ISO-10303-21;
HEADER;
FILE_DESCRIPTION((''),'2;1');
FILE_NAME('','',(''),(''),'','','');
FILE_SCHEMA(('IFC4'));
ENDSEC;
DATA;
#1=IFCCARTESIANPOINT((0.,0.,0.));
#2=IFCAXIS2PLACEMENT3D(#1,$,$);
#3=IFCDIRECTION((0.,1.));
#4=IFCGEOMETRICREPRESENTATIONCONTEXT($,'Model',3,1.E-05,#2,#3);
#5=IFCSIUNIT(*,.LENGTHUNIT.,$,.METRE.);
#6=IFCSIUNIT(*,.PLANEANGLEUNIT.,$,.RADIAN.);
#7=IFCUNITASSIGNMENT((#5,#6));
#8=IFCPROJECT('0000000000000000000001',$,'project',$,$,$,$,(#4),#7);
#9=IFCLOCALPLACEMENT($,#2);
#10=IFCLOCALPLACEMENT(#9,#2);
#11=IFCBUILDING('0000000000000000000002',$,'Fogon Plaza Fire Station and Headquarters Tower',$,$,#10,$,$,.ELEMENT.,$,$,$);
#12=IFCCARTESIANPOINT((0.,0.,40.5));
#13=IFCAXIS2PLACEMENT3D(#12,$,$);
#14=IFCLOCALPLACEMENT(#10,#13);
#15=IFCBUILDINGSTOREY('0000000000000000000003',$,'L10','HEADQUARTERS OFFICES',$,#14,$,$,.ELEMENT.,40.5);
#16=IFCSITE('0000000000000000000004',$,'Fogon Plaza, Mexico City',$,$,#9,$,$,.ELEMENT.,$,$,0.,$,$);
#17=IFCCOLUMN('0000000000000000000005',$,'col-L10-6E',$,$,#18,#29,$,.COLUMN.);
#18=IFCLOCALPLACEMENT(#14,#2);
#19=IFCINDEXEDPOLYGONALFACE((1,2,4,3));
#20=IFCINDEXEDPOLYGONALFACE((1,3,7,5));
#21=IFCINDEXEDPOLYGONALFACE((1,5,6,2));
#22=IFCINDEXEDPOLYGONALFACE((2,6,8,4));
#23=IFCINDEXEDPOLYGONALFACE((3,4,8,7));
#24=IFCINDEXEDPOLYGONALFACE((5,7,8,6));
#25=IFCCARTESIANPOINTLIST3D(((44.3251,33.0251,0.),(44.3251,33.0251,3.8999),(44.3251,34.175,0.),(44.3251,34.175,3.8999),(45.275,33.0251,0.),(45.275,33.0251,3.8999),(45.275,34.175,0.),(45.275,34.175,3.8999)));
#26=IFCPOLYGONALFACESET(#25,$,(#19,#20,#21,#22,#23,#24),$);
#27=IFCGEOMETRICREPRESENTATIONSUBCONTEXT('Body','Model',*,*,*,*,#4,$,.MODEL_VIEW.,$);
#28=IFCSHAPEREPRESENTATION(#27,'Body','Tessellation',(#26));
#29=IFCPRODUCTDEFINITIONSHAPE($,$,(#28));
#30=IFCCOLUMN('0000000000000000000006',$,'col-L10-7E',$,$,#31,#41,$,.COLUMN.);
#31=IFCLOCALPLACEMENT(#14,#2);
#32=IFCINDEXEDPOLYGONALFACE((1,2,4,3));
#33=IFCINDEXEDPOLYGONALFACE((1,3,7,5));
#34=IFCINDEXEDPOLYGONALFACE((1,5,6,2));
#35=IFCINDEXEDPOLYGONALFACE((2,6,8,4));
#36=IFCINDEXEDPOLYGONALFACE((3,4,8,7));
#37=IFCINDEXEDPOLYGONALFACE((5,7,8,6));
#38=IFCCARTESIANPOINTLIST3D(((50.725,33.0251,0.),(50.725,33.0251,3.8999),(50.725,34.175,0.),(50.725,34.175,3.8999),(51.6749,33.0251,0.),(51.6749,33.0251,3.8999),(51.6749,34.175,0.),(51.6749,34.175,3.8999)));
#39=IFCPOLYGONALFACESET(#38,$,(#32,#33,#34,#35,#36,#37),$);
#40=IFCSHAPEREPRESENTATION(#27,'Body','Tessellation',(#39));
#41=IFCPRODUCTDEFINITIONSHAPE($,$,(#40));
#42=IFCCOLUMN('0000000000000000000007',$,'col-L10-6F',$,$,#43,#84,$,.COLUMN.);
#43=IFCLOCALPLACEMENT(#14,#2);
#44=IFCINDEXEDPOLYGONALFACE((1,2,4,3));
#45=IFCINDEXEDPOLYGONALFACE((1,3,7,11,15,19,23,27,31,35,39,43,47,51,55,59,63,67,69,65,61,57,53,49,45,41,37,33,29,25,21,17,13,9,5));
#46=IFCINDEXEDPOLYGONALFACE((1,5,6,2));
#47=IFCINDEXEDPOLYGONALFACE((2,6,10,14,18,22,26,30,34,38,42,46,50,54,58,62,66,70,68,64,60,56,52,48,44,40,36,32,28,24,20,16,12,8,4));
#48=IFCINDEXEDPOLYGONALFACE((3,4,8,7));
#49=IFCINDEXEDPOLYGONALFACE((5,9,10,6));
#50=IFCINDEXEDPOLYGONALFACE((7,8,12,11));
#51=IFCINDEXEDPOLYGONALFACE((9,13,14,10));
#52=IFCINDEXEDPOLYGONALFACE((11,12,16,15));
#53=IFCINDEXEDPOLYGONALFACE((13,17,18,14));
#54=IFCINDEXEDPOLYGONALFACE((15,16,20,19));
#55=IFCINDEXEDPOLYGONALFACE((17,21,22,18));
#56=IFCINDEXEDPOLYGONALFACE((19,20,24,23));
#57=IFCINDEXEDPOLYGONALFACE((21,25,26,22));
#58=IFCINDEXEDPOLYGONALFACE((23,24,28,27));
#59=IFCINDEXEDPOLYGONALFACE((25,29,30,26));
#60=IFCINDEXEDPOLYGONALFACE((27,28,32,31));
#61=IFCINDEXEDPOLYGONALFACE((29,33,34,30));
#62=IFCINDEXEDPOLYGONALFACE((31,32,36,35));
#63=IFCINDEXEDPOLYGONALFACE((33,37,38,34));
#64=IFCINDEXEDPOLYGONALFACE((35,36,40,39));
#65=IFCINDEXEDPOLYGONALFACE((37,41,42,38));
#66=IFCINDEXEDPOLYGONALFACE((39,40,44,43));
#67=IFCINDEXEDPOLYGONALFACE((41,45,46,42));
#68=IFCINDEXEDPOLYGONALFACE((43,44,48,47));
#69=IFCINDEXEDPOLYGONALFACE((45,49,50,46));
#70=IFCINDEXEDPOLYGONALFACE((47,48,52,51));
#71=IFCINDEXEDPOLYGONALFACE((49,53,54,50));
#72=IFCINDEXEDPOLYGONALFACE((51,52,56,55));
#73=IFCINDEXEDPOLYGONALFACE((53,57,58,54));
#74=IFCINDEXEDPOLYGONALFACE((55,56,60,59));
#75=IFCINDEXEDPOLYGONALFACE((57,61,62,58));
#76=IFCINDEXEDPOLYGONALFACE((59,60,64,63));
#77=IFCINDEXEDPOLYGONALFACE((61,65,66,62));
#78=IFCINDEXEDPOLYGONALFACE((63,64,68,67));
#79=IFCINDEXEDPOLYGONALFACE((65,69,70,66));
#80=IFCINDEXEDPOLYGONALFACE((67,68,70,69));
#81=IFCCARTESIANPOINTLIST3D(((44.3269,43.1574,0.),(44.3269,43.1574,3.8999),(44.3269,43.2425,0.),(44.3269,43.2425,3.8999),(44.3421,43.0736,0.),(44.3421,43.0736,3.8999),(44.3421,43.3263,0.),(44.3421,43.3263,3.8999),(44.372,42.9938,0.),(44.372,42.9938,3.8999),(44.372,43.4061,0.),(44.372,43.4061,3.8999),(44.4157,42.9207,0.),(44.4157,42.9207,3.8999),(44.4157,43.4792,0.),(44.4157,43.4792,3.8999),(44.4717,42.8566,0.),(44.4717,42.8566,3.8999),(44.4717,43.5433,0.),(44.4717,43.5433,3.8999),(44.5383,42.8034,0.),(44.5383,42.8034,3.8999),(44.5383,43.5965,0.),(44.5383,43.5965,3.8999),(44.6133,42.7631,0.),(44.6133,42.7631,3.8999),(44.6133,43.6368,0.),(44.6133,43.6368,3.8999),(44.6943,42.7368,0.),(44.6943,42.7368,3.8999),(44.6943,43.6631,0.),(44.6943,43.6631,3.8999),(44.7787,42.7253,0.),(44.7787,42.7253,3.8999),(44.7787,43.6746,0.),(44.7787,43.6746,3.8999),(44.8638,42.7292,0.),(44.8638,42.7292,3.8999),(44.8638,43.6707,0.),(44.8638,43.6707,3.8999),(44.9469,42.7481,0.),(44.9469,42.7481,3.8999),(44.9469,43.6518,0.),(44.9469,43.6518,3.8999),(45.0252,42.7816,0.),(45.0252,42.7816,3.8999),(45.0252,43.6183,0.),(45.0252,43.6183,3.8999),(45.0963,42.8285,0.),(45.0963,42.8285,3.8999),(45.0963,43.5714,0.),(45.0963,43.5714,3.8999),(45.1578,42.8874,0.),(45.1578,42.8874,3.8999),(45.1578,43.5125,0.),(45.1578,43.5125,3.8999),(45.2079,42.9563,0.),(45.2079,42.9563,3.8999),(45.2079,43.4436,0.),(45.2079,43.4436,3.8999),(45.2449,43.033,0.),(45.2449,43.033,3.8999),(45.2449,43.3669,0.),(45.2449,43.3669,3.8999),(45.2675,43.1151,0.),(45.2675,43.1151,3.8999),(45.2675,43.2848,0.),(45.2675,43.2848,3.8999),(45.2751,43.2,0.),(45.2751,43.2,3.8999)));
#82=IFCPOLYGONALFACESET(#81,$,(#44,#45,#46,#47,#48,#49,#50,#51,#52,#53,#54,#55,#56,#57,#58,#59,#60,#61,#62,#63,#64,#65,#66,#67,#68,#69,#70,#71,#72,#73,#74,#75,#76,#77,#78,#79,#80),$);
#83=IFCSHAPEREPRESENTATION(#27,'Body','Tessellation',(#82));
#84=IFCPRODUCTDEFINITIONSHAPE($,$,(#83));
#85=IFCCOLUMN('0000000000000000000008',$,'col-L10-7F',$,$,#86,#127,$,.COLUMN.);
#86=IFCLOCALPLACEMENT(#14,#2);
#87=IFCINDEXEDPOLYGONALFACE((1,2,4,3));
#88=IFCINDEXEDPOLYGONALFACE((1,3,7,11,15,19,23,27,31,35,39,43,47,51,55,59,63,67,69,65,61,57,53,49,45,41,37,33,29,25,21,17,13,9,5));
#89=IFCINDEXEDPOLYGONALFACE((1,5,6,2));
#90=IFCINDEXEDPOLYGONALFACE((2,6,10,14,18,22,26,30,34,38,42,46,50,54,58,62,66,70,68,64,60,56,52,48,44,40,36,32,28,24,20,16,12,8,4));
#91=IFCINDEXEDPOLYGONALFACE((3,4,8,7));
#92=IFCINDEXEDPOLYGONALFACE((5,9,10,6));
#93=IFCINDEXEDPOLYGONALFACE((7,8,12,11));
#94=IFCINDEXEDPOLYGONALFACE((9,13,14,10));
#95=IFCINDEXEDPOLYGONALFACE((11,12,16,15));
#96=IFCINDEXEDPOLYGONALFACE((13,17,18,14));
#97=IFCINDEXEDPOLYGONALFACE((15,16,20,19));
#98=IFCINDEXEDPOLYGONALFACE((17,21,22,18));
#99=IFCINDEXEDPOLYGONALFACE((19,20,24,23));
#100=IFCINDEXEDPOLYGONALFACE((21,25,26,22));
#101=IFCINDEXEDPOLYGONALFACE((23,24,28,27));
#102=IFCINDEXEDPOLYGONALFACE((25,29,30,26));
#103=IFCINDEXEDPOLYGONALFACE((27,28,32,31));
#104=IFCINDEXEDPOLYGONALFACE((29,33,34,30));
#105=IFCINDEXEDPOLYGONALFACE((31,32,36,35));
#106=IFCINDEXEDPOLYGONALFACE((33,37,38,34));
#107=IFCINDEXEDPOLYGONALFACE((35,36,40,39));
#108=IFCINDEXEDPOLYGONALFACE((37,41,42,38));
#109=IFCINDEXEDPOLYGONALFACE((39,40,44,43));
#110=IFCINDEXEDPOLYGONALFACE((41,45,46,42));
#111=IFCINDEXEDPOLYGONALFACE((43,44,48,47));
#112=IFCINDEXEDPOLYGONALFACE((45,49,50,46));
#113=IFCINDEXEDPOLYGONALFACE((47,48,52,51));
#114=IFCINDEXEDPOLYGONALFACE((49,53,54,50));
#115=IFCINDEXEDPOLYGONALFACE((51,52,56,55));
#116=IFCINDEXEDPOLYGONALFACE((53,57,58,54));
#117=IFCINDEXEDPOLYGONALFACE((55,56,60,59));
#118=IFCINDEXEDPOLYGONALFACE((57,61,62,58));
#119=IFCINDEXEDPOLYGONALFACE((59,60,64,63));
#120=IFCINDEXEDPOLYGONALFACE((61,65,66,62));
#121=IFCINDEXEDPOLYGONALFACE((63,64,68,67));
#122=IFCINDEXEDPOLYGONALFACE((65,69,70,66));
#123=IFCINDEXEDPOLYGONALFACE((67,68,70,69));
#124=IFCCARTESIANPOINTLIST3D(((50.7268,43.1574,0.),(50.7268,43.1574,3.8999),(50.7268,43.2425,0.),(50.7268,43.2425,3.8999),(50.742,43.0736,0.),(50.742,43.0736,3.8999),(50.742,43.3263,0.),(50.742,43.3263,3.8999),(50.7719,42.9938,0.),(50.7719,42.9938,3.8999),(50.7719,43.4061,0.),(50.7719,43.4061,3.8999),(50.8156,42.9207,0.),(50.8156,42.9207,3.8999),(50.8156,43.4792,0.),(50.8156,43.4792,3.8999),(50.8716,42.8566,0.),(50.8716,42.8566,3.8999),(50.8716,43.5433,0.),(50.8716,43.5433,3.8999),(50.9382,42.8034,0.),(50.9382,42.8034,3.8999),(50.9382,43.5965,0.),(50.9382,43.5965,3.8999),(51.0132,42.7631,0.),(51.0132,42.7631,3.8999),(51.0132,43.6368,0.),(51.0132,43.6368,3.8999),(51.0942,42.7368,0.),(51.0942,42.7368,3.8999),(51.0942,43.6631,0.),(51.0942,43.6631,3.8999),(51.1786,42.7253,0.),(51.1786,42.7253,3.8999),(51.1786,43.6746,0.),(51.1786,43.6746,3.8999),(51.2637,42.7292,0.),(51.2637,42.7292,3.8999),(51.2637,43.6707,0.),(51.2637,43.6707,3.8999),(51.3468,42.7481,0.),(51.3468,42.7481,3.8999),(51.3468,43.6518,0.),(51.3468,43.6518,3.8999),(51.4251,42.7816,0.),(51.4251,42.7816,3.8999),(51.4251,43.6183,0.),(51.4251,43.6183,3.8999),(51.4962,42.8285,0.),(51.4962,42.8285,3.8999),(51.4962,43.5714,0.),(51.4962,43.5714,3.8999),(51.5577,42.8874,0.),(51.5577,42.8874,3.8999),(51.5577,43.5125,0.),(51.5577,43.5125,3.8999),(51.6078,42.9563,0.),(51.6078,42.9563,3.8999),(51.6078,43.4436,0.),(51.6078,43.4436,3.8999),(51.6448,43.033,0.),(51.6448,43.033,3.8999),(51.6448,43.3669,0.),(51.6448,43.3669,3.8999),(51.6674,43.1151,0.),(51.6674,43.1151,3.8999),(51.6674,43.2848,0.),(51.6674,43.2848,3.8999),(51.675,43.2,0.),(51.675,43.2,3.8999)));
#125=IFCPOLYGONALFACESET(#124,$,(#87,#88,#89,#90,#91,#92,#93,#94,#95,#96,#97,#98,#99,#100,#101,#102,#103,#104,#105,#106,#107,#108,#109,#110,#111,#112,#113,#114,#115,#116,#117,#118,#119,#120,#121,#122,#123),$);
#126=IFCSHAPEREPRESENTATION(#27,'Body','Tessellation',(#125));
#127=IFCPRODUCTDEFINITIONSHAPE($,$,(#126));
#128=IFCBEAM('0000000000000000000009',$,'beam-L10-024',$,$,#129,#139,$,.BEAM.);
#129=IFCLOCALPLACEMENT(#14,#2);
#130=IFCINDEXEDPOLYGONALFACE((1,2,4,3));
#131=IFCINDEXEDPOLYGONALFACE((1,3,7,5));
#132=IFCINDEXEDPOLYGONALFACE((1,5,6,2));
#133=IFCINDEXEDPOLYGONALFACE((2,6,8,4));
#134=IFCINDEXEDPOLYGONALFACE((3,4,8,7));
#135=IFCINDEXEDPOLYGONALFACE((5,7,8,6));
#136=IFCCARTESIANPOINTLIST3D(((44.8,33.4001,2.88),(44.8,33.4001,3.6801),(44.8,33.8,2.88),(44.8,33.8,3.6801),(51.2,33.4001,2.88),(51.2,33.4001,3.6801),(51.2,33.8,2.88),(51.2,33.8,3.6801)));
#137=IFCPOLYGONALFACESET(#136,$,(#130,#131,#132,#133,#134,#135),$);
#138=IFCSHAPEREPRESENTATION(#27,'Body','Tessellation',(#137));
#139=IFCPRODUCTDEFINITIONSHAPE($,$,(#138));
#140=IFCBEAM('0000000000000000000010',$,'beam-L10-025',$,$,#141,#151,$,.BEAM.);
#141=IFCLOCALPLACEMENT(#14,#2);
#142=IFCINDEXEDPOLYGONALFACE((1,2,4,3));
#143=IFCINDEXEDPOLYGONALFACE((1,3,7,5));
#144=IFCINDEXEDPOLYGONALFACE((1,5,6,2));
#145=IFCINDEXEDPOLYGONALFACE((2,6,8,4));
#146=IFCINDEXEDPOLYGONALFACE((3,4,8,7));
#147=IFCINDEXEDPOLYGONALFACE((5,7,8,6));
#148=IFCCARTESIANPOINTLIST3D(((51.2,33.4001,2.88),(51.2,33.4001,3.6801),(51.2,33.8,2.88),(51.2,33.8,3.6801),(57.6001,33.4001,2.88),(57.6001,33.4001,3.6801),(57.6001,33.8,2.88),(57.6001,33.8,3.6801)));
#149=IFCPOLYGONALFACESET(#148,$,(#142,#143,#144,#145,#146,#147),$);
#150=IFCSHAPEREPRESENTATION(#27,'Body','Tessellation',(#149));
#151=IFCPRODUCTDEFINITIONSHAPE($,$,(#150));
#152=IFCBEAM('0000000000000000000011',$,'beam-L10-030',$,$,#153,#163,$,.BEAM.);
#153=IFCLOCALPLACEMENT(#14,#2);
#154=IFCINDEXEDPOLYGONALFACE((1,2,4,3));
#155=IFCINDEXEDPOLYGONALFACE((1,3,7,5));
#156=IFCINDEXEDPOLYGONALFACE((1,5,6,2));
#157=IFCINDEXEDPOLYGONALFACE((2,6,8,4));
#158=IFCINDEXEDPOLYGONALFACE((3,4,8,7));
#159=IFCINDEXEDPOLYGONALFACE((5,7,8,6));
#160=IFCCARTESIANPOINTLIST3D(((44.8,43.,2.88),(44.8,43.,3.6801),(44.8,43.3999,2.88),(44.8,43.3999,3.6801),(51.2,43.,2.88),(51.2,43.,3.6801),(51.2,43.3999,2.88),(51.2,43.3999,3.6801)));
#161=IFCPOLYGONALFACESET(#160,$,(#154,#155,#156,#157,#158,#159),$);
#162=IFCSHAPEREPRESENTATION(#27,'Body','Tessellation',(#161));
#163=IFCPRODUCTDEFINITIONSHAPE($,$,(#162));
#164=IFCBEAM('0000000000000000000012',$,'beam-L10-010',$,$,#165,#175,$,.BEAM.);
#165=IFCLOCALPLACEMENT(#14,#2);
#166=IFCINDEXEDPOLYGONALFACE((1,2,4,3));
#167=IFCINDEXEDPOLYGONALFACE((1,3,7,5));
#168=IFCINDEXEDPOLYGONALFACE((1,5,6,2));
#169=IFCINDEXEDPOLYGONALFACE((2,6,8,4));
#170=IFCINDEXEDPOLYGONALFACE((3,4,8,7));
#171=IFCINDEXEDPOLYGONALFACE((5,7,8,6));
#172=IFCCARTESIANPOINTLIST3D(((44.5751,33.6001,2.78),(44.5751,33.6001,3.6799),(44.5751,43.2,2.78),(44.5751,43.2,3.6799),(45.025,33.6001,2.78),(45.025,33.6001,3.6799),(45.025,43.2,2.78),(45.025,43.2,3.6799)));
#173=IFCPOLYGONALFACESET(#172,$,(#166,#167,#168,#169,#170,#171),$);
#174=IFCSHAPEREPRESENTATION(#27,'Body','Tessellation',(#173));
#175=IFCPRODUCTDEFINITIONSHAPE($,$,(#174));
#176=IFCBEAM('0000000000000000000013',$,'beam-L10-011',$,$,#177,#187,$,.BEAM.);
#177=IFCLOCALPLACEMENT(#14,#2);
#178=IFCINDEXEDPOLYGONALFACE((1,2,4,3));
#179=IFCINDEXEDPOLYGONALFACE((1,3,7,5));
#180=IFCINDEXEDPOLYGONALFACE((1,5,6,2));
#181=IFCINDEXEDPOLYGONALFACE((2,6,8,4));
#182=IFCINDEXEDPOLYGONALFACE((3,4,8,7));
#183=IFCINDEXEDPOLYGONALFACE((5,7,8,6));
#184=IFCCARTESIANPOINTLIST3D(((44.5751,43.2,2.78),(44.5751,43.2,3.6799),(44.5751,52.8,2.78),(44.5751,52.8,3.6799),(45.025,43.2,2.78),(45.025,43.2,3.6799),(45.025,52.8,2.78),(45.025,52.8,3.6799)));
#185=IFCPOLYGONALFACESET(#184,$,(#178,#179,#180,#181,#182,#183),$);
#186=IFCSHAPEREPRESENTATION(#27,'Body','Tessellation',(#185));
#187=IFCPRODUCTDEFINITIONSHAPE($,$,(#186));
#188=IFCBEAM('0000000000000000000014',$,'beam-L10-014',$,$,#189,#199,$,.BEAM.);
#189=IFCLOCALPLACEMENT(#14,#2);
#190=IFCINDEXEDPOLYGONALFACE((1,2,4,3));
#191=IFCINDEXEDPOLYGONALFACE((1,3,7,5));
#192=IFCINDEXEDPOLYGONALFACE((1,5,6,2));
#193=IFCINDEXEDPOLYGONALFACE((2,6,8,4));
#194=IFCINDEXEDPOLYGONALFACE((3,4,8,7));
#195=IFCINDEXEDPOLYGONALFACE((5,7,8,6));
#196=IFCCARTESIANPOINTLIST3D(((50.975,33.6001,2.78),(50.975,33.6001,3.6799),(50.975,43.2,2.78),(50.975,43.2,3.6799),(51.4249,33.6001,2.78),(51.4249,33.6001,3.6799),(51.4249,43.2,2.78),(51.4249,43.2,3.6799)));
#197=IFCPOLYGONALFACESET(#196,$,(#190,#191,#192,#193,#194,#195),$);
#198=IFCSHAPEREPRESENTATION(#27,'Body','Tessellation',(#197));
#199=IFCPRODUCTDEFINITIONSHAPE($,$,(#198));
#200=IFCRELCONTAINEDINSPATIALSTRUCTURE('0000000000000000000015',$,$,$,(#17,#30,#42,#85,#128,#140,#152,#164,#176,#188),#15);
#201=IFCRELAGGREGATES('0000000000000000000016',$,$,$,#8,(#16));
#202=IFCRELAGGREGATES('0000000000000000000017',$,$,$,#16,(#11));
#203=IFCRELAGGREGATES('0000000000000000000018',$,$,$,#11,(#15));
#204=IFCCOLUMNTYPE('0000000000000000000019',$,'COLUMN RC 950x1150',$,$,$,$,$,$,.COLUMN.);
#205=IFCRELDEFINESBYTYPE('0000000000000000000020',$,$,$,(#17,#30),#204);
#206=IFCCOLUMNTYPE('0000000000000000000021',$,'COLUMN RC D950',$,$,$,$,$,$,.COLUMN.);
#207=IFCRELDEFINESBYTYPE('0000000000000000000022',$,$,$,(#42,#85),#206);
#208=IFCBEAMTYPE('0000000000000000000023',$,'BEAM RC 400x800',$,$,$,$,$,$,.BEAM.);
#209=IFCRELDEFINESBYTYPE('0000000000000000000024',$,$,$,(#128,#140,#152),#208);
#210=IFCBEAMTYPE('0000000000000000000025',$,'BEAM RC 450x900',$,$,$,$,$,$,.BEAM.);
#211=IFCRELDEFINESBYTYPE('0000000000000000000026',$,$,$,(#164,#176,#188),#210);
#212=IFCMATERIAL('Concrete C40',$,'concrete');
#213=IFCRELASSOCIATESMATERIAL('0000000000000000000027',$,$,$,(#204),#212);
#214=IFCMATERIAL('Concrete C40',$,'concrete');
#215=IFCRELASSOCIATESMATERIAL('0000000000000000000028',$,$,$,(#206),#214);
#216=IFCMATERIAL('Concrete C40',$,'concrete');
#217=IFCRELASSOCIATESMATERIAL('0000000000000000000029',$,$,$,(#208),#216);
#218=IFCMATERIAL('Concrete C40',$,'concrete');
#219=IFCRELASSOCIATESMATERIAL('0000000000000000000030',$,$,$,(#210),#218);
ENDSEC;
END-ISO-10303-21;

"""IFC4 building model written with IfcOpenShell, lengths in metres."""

from ifc_helpers import new_model, si_unit, direction, frame, origin, origin_2d, place, context, subcontext, project, spatial, rectangle, circle, extrude, material, material_profile, profile_set, type_object, element, save


model = new_model("IFC4")

# Units and contexts
model_context = context("Model", 3, precision=1e-05, world=origin(), true_north=direction((0.0, 1.0)))
body_context = subcontext(model_context, "Body", "Model", "MODEL_VIEW")
ifc_project = project(units=[si_unit("LENGTHUNIT", "METRE"), si_unit("PLANEANGLEUNIT", "RADIAN")], contexts=[model_context])

# Site, building, storey
site_placement = place(None, origin())
site = spatial("IfcSite", under=ifc_project, at=site_placement, Name="Fogon Plaza, Mexico City", CompositionType="ELEMENT", RefElevation=0.0)
building_placement = place(site_placement, origin())
building = spatial("IfcBuilding", under=site, at=building_placement, Name="Fogon Plaza Fire Station and Headquarters Tower", CompositionType="ELEMENT")
storey_placement = place(building_placement, frame((0.0, 0.0, 40.5)))
storey = spatial("IfcBuildingStorey", under=building, at=storey_placement, Name="L10", Description="HEADQUARTERS OFFICES", CompositionType="ELEMENT", Elevation=40.5)

# Columns
ifc_material_1 = material(Name="Concrete C40", Category="concrete")
ifc_material_profile_1 = material_profile(ifc_material_1, rectangle(XDim=0.95, YDim=1.1499, at=origin_2d()), Name="RC 950x1150")
ifc_profile_set_1 = profile_set([ifc_material_profile_1], Name="Concrete C40")
column_type_1 = type_object("IfcColumnType", Name="COLUMN RC 950x1150", PredefinedType="COLUMN", material=ifc_profile_set_1)
for number, where, z_axis, x_axis, name in (
    (1, (44.8, 33.6001, 0.0), (0.0, 0.0, 1.0), (1.0, 0.0, 0.0), "col-L10-6E"),
    (2, (51.2, 33.6001, 0.0), (0.0, 0.0, 1.0), (1.0, 0.0, 0.0), "col-L10-7E"),
):
    element("IfcColumn", number, at=place(storey_placement, frame(where, z_axis=z_axis, x_axis=x_axis)), inside=storey, type_object=column_type_1, Name=name, PredefinedType="COLUMN", context=body_context, shape_type="SweptSolid", body=[
        extrude(rectangle(XDim=0.95, YDim=1.1499, at=origin_2d()), origin(), (0.0, 0.0, 1.0), 3.8999),
    ])
ifc_material_2 = material(Name="Concrete C40", Category="concrete")
ifc_material_profile_2 = material_profile(ifc_material_2, circle(Radius=0.4751, at=origin_2d()), Name="RC D950")
ifc_profile_set_2 = profile_set([ifc_material_profile_2], Name="Concrete C40")
column_type_2 = type_object("IfcColumnType", Name="COLUMN RC D950", PredefinedType="COLUMN", material=ifc_profile_set_2)
for number, where, z_axis, x_axis, name in (
    (3, (44.8, 43.2, 0.0), (0.0, 0.0, 1.0), (1.0, 0.0, 0.0), "col-L10-6F"),
    (4, (51.2, 43.2, 0.0), (0.0, 0.0, 1.0), (1.0, 0.0, 0.0), "col-L10-7F"),
):
    element("IfcColumn", number, at=place(storey_placement, frame(where, z_axis=z_axis, x_axis=x_axis)), inside=storey, type_object=column_type_2, Name=name, PredefinedType="COLUMN", context=body_context, shape_type="SweptSolid", body=[
        extrude(circle(Radius=0.4751, at=origin_2d()), origin(), (0.0, 0.0, 1.0), 3.8999),
    ])

# Beams
ifc_material_3 = material(Name="Concrete C40", Category="concrete")
ifc_material_profile_3 = material_profile(ifc_material_3, rectangle(XDim=0.3999, YDim=0.8, at=origin_2d()), Name="RC 400x800")
ifc_profile_set_3 = profile_set([ifc_material_profile_3], Name="Concrete C40")
beam_type_1 = type_object("IfcBeamType", Name="BEAM RC 400x800", PredefinedType="BEAM", material=ifc_profile_set_3)
beam_1_placement = place(storey_placement, frame((44.8, 33.6001, 3.28), z_axis=(1.0, 0.0, 0.0), x_axis=(0.0, 1.0, 0.0)))
element("IfcBeam", 5, at=beam_1_placement, inside=storey, type_object=beam_type_1, Name="beam-L10-024", PredefinedType="BEAM", context=body_context, shape_type="SweptSolid", body=[
    extrude(rectangle(XDim=0.3999, YDim=0.8, at=origin_2d()), origin(), (0.0, 0.0, 1.0), 6.3999),
])
beam_2_placement = place(storey_placement, frame((51.2, 33.6001, 3.28), z_axis=(1.0, 0.0, 0.0), x_axis=(0.0, 1.0, 0.0)))
element("IfcBeam", 6, at=beam_2_placement, inside=storey, type_object=beam_type_1, Name="beam-L10-025", PredefinedType="BEAM", context=body_context, shape_type="SweptSolid", body=[
    extrude(rectangle(XDim=0.3999, YDim=0.8, at=origin_2d()), origin(), (0.0, 0.0, 1.0), 6.4001),
])
beam_3_placement = place(storey_placement, frame((44.8, 43.2, 3.28), z_axis=(1.0, 0.0, 0.0), x_axis=(0.0, 1.0, 0.0)))
element("IfcBeam", 7, at=beam_3_placement, inside=storey, type_object=beam_type_1, Name="beam-L10-030", PredefinedType="BEAM", context=body_context, shape_type="SweptSolid", body=[
    extrude(rectangle(XDim=0.3999, YDim=0.8, at=origin_2d()), origin(), (0.0, 0.0, 1.0), 6.3999),
])
ifc_material_4 = material(Name="Concrete C40", Category="concrete")
ifc_material_profile_4 = material_profile(ifc_material_4, rectangle(XDim=0.45, YDim=0.8999, at=origin_2d()), Name="RC 450x900")
ifc_profile_set_4 = profile_set([ifc_material_profile_4], Name="Concrete C40")
beam_type_2 = type_object("IfcBeamType", Name="BEAM RC 450x900", PredefinedType="BEAM", material=ifc_profile_set_4)
beam_4_placement = place(storey_placement, frame((44.8, 33.6001, 3.23), z_axis=(0.0, 1.0, 0.0), x_axis=(-1.0, 0.0, 0.0)))
element("IfcBeam", 8, at=beam_4_placement, inside=storey, type_object=beam_type_2, Name="beam-L10-010", PredefinedType="BEAM", context=body_context, shape_type="SweptSolid", body=[
    extrude(rectangle(XDim=0.45, YDim=0.8999, at=origin_2d()), origin(), (0.0, 0.0, 1.0), 9.5999),
])
beam_5_placement = place(storey_placement, frame((44.8, 43.2, 3.23), z_axis=(0.0, 1.0, 0.0), x_axis=(-1.0, 0.0, 0.0)))
element("IfcBeam", 9, at=beam_5_placement, inside=storey, type_object=beam_type_2, Name="beam-L10-011", PredefinedType="BEAM", context=body_context, shape_type="SweptSolid", body=[
    extrude(rectangle(XDim=0.45, YDim=0.8999, at=origin_2d()), origin(), (0.0, 0.0, 1.0), 9.6001),
])
beam_6_placement = place(storey_placement, frame((51.2, 33.6001, 3.23), z_axis=(0.0, 1.0, 0.0), x_axis=(-1.0, 0.0, 0.0)))
element("IfcBeam", 10, at=beam_6_placement, inside=storey, type_object=beam_type_2, Name="beam-L10-014", PredefinedType="BEAM", context=body_context, shape_type="SweptSolid", body=[
    extrude(rectangle(XDim=0.45, YDim=0.8999, at=origin_2d()), origin(), (0.0, 0.0, 1.0), 9.5999),
])

save(model, "model.ifc")
